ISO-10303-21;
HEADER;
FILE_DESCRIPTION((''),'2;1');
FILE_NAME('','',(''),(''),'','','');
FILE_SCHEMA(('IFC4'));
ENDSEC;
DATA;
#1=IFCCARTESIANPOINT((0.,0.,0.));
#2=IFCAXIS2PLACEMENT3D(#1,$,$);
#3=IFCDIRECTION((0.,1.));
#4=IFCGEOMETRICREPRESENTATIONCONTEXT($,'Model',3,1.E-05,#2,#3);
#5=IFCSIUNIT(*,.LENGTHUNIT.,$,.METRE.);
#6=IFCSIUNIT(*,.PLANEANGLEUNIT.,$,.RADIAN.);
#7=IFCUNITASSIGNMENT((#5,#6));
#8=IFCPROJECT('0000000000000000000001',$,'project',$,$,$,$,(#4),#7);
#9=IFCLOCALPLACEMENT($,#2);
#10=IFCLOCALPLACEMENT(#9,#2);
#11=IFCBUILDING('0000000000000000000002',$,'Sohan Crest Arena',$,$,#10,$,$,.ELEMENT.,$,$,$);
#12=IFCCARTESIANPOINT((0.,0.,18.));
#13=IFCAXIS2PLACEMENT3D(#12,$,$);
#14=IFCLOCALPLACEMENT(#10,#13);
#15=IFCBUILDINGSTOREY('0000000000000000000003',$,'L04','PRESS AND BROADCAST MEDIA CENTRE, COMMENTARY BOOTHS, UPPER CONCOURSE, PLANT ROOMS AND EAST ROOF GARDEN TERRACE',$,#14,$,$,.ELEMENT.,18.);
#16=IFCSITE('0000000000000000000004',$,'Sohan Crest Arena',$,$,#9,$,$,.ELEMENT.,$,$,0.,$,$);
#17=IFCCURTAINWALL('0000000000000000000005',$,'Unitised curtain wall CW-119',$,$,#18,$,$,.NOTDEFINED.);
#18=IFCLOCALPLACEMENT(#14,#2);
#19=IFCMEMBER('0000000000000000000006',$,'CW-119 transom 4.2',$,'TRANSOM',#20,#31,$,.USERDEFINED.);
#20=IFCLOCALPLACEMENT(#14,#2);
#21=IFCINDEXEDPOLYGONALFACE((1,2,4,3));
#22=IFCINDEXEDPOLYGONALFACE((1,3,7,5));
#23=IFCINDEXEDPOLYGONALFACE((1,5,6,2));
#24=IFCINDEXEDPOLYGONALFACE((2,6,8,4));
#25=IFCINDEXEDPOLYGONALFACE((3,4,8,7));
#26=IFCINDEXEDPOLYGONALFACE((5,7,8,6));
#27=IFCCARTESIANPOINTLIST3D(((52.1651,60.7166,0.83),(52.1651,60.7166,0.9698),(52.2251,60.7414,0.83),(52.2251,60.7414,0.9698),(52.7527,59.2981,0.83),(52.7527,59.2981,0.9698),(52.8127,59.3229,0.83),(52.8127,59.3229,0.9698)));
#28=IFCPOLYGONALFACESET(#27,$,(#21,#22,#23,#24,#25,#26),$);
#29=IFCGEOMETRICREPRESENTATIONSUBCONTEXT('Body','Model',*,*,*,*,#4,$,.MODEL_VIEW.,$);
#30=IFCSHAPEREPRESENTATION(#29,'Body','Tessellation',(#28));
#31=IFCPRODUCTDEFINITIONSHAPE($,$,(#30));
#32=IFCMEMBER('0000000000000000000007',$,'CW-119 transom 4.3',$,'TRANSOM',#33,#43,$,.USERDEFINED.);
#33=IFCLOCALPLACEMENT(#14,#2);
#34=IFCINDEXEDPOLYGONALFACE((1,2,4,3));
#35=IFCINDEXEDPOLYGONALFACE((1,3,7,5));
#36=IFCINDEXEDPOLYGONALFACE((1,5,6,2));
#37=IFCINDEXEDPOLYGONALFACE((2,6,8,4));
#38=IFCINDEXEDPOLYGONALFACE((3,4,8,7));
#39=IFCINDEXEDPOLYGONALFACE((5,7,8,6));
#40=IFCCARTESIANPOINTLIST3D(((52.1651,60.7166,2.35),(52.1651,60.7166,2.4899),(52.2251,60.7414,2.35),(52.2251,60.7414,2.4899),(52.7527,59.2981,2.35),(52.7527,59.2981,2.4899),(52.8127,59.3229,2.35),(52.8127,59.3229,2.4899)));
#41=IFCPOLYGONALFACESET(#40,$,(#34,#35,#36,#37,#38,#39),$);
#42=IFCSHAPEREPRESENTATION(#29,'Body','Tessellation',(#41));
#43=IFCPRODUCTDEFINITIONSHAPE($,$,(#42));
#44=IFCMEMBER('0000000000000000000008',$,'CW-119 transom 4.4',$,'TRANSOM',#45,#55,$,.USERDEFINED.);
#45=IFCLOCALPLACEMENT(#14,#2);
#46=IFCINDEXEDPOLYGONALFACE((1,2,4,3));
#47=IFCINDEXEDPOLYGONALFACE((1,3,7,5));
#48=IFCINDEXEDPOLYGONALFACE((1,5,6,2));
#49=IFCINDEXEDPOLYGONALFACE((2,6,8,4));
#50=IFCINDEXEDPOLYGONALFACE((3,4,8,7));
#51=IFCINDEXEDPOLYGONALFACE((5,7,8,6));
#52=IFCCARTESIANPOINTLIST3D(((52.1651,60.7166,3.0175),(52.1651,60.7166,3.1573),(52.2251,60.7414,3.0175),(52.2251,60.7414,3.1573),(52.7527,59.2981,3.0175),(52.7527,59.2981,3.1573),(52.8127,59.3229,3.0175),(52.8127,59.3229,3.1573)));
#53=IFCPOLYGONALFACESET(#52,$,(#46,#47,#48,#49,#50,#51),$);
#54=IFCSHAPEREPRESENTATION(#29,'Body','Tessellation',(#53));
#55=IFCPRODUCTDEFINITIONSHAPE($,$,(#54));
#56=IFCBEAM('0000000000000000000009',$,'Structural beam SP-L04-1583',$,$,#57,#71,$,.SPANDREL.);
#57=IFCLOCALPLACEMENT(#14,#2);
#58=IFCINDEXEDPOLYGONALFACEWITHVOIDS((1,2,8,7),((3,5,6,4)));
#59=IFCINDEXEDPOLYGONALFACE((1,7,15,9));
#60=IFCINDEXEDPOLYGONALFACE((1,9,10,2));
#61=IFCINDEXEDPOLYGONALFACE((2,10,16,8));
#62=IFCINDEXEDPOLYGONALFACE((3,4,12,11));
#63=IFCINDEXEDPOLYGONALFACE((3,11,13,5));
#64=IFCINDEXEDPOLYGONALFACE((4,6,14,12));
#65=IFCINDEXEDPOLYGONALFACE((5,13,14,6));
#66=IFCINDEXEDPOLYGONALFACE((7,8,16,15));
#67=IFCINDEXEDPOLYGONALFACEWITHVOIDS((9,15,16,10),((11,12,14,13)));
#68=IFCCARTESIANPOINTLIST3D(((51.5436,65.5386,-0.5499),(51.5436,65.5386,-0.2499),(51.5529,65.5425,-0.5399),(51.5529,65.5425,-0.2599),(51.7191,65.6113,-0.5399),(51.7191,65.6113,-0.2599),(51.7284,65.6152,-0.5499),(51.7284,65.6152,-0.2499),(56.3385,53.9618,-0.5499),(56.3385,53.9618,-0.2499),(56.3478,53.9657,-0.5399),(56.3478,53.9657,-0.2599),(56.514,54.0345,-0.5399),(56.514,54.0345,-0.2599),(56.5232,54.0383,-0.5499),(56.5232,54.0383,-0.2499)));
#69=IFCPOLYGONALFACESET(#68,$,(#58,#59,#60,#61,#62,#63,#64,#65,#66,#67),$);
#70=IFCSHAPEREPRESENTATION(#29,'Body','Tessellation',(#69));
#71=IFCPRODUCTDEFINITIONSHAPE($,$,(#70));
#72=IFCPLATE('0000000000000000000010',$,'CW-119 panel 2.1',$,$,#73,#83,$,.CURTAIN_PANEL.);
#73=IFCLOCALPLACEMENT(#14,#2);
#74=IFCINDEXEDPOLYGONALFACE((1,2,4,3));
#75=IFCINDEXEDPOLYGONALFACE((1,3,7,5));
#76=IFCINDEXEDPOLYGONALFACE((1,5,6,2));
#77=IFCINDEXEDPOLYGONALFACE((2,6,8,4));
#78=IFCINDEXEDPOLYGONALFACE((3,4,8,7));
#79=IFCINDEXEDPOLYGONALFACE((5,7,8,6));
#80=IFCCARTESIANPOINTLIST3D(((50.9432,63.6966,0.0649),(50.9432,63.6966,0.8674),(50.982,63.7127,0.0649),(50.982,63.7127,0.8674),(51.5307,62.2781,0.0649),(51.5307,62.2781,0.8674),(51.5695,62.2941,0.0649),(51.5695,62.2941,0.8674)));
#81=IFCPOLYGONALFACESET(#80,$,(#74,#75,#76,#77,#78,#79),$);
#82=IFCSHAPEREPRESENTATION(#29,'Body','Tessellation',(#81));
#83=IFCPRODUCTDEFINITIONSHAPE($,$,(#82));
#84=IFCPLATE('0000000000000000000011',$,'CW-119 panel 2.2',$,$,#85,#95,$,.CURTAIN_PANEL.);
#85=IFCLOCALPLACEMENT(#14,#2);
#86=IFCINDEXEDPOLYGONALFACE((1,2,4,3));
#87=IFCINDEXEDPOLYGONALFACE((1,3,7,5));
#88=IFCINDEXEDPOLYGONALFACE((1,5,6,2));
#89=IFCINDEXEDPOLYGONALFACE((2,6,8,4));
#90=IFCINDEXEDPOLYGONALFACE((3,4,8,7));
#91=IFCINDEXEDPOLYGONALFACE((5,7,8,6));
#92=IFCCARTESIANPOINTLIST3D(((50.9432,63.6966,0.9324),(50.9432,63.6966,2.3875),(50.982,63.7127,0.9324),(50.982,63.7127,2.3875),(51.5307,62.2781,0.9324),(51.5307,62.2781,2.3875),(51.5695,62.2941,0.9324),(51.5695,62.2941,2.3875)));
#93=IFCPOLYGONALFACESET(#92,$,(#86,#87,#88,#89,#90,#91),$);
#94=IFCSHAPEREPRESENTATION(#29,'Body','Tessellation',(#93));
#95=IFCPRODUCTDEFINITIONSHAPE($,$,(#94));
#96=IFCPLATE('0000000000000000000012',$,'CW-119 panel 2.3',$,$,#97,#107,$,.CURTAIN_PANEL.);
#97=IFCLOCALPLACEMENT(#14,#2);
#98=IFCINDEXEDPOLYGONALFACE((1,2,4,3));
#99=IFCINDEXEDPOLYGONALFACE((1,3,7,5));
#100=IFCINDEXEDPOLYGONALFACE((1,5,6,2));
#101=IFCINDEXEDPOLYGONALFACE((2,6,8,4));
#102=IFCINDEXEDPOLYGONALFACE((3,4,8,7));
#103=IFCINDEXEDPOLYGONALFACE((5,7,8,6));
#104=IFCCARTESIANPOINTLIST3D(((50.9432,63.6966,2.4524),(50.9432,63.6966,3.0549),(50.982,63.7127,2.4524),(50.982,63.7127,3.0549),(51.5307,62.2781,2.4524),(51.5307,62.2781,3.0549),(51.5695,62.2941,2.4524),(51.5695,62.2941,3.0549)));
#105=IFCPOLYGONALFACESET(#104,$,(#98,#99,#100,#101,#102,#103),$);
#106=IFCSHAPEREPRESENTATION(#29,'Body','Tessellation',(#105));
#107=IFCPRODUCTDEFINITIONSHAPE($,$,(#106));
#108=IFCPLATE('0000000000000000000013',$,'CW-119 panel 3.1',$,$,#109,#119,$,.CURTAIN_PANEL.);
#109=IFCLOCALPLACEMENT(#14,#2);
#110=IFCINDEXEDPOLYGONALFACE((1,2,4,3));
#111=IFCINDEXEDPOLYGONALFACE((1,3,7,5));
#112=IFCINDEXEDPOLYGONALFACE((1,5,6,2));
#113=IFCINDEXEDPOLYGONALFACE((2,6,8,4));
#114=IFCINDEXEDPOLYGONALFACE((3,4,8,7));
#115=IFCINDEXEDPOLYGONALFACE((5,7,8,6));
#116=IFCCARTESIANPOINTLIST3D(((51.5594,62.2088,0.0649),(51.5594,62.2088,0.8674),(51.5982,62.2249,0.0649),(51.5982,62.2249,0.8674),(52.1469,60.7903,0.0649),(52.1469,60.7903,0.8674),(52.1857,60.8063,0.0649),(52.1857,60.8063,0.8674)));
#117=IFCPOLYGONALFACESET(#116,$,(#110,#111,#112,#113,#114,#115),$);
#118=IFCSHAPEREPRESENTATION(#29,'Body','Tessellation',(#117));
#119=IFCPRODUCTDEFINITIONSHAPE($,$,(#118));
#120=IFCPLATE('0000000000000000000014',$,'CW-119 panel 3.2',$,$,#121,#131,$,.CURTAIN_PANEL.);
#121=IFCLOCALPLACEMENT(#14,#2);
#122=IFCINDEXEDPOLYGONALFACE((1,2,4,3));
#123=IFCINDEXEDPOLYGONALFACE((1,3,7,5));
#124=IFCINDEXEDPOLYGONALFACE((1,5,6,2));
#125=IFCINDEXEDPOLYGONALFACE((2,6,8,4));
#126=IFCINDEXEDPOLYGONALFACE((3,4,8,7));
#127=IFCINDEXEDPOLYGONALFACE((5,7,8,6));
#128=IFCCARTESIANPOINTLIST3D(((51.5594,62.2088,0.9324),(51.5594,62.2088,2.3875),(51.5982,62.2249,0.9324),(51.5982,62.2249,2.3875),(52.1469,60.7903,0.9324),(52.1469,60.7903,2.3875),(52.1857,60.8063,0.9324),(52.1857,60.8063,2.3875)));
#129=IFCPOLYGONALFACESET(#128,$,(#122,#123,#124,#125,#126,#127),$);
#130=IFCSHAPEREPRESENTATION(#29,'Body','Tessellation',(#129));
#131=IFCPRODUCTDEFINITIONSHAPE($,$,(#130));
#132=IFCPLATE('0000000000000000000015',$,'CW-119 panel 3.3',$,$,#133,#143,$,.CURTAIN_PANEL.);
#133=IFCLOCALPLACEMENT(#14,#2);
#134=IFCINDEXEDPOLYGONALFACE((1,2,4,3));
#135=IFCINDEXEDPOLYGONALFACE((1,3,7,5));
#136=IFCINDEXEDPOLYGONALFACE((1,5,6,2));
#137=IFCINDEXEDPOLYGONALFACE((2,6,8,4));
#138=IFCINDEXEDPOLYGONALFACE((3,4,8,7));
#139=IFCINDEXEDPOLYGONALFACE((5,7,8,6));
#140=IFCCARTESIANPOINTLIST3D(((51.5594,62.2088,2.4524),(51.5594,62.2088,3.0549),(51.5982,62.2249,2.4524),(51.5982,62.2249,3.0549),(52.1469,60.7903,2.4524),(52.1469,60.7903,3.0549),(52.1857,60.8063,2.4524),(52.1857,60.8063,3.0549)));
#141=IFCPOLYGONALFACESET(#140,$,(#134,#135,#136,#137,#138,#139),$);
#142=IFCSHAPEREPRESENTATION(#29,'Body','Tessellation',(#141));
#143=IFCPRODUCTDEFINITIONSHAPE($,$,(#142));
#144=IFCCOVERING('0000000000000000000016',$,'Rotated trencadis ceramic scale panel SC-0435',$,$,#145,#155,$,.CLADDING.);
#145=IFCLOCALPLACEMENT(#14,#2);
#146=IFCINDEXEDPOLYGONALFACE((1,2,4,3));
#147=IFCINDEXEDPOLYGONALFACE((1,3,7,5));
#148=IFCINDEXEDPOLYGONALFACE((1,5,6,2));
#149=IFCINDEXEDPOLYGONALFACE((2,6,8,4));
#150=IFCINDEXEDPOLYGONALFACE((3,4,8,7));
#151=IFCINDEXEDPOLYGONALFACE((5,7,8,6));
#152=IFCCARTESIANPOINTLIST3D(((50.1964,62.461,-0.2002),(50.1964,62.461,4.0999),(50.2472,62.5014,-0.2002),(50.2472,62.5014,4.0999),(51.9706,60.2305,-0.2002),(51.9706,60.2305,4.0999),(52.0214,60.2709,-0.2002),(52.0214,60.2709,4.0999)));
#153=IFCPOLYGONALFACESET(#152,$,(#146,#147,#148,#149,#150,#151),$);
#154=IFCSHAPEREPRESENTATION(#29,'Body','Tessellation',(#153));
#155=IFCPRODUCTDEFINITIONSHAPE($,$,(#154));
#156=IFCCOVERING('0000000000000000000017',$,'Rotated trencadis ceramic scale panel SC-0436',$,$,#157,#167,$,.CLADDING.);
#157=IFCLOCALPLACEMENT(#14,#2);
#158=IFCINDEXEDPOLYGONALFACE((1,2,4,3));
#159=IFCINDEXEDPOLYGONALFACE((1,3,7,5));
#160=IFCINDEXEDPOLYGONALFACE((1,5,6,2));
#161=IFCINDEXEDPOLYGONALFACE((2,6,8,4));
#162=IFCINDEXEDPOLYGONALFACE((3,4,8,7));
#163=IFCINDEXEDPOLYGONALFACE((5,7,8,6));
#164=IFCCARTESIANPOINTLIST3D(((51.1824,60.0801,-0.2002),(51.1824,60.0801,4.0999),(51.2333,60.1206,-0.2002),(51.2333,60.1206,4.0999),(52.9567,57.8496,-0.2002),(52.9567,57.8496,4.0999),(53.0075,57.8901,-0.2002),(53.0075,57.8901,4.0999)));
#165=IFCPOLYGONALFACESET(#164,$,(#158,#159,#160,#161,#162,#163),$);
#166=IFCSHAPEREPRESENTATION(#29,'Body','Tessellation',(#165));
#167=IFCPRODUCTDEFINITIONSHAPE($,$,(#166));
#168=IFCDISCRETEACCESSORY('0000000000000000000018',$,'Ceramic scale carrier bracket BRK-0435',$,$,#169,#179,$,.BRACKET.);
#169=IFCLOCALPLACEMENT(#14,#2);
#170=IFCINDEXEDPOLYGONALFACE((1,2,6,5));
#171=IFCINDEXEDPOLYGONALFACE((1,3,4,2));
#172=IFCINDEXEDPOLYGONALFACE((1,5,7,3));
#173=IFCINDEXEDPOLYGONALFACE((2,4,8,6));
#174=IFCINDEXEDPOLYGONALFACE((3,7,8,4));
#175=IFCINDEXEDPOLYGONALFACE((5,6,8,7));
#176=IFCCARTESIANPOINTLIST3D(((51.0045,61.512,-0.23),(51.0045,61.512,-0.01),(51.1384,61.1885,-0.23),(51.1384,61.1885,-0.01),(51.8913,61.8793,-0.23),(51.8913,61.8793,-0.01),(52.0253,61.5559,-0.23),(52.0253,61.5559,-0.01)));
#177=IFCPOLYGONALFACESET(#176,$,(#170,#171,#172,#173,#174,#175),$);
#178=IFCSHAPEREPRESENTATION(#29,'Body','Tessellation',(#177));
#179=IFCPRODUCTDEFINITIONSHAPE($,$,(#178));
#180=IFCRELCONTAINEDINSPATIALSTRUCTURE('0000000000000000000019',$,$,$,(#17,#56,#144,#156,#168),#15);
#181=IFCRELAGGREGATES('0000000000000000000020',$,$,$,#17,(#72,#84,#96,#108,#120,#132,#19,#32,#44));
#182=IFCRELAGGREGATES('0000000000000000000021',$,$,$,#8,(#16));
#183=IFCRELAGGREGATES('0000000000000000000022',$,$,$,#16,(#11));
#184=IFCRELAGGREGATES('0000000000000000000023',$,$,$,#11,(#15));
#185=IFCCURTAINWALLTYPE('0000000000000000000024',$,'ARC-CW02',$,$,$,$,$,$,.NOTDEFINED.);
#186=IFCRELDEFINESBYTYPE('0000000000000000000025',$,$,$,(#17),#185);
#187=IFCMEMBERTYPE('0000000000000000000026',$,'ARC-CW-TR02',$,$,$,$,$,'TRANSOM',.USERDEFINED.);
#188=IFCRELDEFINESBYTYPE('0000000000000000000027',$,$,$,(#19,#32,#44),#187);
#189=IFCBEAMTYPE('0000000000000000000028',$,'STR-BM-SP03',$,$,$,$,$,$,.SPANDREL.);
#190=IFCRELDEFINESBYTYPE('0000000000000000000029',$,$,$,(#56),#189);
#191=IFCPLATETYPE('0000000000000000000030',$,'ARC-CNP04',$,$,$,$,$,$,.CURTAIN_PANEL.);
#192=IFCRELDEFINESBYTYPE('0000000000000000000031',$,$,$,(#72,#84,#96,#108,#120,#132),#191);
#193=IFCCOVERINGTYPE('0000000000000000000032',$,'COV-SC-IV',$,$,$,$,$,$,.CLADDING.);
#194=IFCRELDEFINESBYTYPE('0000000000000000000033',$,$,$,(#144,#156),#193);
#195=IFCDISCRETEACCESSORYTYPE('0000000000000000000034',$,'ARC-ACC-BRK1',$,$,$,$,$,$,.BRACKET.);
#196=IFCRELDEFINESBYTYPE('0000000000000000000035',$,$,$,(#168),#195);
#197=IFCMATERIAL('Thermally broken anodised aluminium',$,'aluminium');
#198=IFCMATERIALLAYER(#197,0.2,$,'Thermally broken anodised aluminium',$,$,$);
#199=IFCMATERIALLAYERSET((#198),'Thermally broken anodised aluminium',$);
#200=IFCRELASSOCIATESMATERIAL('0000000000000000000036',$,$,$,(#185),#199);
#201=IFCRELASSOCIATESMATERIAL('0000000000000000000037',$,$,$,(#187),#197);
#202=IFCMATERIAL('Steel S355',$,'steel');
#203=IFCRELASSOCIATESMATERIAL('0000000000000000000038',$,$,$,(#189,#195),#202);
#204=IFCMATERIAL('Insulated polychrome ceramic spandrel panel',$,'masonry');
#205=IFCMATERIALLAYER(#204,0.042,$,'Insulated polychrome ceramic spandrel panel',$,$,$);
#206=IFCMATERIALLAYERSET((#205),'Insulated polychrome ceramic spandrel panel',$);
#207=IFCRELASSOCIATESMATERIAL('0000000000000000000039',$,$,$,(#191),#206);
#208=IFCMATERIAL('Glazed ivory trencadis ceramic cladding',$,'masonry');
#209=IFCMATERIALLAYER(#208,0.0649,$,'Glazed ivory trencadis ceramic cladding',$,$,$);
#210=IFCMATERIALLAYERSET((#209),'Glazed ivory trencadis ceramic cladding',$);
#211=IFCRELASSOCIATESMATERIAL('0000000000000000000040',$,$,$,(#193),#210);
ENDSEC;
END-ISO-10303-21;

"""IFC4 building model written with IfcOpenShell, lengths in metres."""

from ifc_helpers import new_model, si_unit, direction, frame, origin, origin_2d, place, context, subcontext, project, spatial, rectangle, hollow_rectangle, extrude, material, layer, layer_set, material_profile, profile_set, type_object, element, aggregate, save


model = new_model("IFC4")

# Units and contexts
model_context = context("Model", 3, precision=1e-05, world=origin(), true_north=direction((0.0, 1.0)))
body_context = subcontext(model_context, "Body", "Model", "MODEL_VIEW")
ifc_project = project(units=[si_unit("LENGTHUNIT", "METRE"), si_unit("PLANEANGLEUNIT", "RADIAN")], contexts=[model_context])

# Site, building, storey
site_placement = place(None, origin())
site = spatial("IfcSite", under=ifc_project, at=site_placement, Name="Sohan Crest Arena", CompositionType="ELEMENT", RefElevation=0.0)
building_placement = place(site_placement, origin())
building = spatial("IfcBuilding", under=site, at=building_placement, Name="Sohan Crest Arena", CompositionType="ELEMENT")
storey_placement = place(building_placement, frame((0.0, 0.0, 18.0)))
storey = spatial("IfcBuildingStorey", under=building, at=storey_placement, Name="L04", Description="PRESS AND BROADCAST MEDIA CENTRE, COMMENTARY BOOTHS, UPPER CONCOURSE, PLANT ROOMS AND EAST ROOF GARDEN TERRACE", CompositionType="ELEMENT", Elevation=18.0)

# Shared definitions
ifc_material_1 = material(Name="Steel S355", Category="steel")

# Curtain wall, members
ifc_material_2 = material(Name="Thermally broken anodised aluminium", Category="aluminium")
ifc_layer_1 = layer(ifc_material_2, 0.2, Name="Thermally broken anodised aluminium")
ifc_layer_set_1 = layer_set([ifc_layer_1], Name="Thermally broken anodised aluminium")
curtain_wall_type = type_object("IfcCurtainWallType", Name="ARC-CW02", PredefinedType="NOTDEFINED", material=ifc_layer_set_1)
curtain_wall_placement = place(storey_placement, origin())
curtain_wall = element("IfcCurtainWall", 1, at=curtain_wall_placement, inside=storey, type_object=curtain_wall_type, Name="Unitised curtain wall CW-119", PredefinedType="NOTDEFINED")
ifc_material_profile_1 = material_profile(ifc_material_2, rectangle(XDim=0.0649, YDim=0.1399, at=origin_2d()), Name="ALU-TRAN 65x140")
ifc_profile_set_1 = profile_set([ifc_material_profile_1], Name="Thermally broken anodised aluminium")
member_type_1 = type_object("IfcMemberType", Name="ARC-CW-TR02", ElementType="TRANSOM", PredefinedType="USERDEFINED", material=ifc_profile_set_1)
member_1_placement = place(storey_placement, frame((52.1951, 60.729, 0.8999), z_axis=(0.38274, -0.923856, 0.0), x_axis=(0.923856, 0.38274, 0.0)))
member_1 = element("IfcMember", 2, at=member_1_placement, type_object=member_type_1, Name="CW-119 transom 4.2", ObjectType="TRANSOM", PredefinedType="USERDEFINED", context=body_context, shape_type="SweptSolid", body=[
    extrude(rectangle(XDim=0.0649, YDim=0.1399, at=origin_2d()), origin(), (0.0, 0.0, 1.0), 1.5354),
])
member_2_placement = place(storey_placement, frame((52.1951, 60.729, 2.4199), z_axis=(0.38274, -0.923856, 0.0), x_axis=(0.923856, 0.38274, 0.0)))
member_2 = element("IfcMember", 3, at=member_2_placement, type_object=member_type_1, Name="CW-119 transom 4.3", ObjectType="TRANSOM", PredefinedType="USERDEFINED", context=body_context, shape_type="SweptSolid", body=[
    extrude(rectangle(XDim=0.0649, YDim=0.1399, at=origin_2d()), origin(), (0.0, 0.0, 1.0), 1.5354),
])
member_3_placement = place(storey_placement, frame((52.1951, 60.729, 3.0874), z_axis=(0.38274, -0.923856, 0.0), x_axis=(0.923856, 0.38274, 0.0)))
member_3 = element("IfcMember", 4, at=member_3_placement, type_object=member_type_1, Name="CW-119 transom 4.4", ObjectType="TRANSOM", PredefinedType="USERDEFINED", context=body_context, shape_type="SweptSolid", body=[
    extrude(rectangle(XDim=0.0649, YDim=0.1399, at=origin_2d()), origin(), (0.0, 0.0, 1.0), 1.5354),
])

# Beam
ifc_material_profile_2 = material_profile(ifc_material_1, hollow_rectangle(XDim=0.2, YDim=0.3, WallThickness=0.01, at=origin_2d()), Name="RHS 300x200x10")
ifc_profile_set_2 = profile_set([ifc_material_profile_2], Name="Steel S355")
beam_type = type_object("IfcBeamType", Name="STR-BM-SP03", PredefinedType="SPANDREL", material=ifc_profile_set_2)
beam_placement = place(storey_placement, frame((51.636, 65.5769, -0.3999), z_axis=(0.382657, -0.923891, 0.0), x_axis=(0.923891, 0.382657, 0.0)))
element("IfcBeam", 5, at=beam_placement, inside=storey, type_object=beam_type, Name="Structural beam SP-L04-1583", PredefinedType="SPANDREL", context=body_context, shape_type="SweptSolid", body=[
    extrude(hollow_rectangle(XDim=0.2, YDim=0.3, WallThickness=0.01, at=origin_2d()), origin(), (0.0, 0.0, 1.0), 12.5305),
])

# Plates
ifc_material_3 = material(Name="Insulated polychrome ceramic spandrel panel", Category="masonry")
ifc_layer_2 = layer(ifc_material_3, 0.042, Name="Insulated polychrome ceramic spandrel panel")
ifc_layer_set_2 = layer_set([ifc_layer_2], Name="Insulated polychrome ceramic spandrel panel")
plate_type = type_object("IfcPlateType", Name="ARC-CNP04", PredefinedType="CURTAIN_PANEL", material=ifc_layer_set_2)
plate_1_placement = place(storey_placement, frame((51.2563, 62.9954, 0.0649), z_axis=(0.0, 0.0, 1.0), x_axis=(0.382685, -0.923879, 0.0)))
plate_1 = element("IfcPlate", 6, at=plate_1_placement, type_object=plate_type, Name="CW-119 panel 2.1", PredefinedType="CURTAIN_PANEL", context=body_context, shape_type="SweptSolid", body=[
    extrude(rectangle(XDim=1.5354, YDim=0.042, at=origin_2d()), origin(), (0.0, 0.0, 1.0), 0.8025),
])
plate_2_placement = place(storey_placement, frame((51.2563, 62.9954, 0.9324), z_axis=(0.0, 0.0, 1.0), x_axis=(0.382685, -0.923879, 0.0)))
plate_2 = element("IfcPlate", 7, at=plate_2_placement, type_object=plate_type, Name="CW-119 panel 2.2", PredefinedType="CURTAIN_PANEL", context=body_context, shape_type="SweptSolid", body=[
    extrude(rectangle(XDim=1.5354, YDim=0.042, at=origin_2d()), origin(), (0.0, 0.0, 1.0), 1.4551),
])
plate_3_placement = place(storey_placement, frame((51.2563, 62.9954, 2.4524), z_axis=(0.0, 0.0, 1.0), x_axis=(0.382685, -0.923879, 0.0)))
plate_3 = element("IfcPlate", 8, at=plate_3_placement, type_object=plate_type, Name="CW-119 panel 2.3", PredefinedType="CURTAIN_PANEL", context=body_context, shape_type="SweptSolid", body=[
    extrude(rectangle(XDim=1.5354, YDim=0.042, at=origin_2d()), origin(), (0.0, 0.0, 1.0), 0.6025),
])
plate_4_placement = place(storey_placement, frame((51.8726, 61.5076, 0.0649), z_axis=(0.0, 0.0, 1.0), x_axis=(0.382685, -0.923879, 0.0)))
plate_4 = element("IfcPlate", 9, at=plate_4_placement, type_object=plate_type, Name="CW-119 panel 3.1", PredefinedType="CURTAIN_PANEL", context=body_context, shape_type="SweptSolid", body=[
    extrude(rectangle(XDim=1.5354, YDim=0.042, at=origin_2d()), origin(), (0.0, 0.0, 1.0), 0.8025),
])
plate_5_placement = place(storey_placement, frame((51.8726, 61.5076, 0.9324), z_axis=(0.0, 0.0, 1.0), x_axis=(0.382685, -0.923879, 0.0)))
plate_5 = element("IfcPlate", 10, at=plate_5_placement, type_object=plate_type, Name="CW-119 panel 3.2", PredefinedType="CURTAIN_PANEL", context=body_context, shape_type="SweptSolid", body=[
    extrude(rectangle(XDim=1.5354, YDim=0.042, at=origin_2d()), origin(), (0.0, 0.0, 1.0), 1.4551),
])
plate_6_placement = place(storey_placement, frame((51.8726, 61.5076, 2.4524), z_axis=(0.0, 0.0, 1.0), x_axis=(0.382685, -0.923879, 0.0)))
plate_6 = element("IfcPlate", 11, at=plate_6_placement, type_object=plate_type, Name="CW-119 panel 3.3", PredefinedType="CURTAIN_PANEL", context=body_context, shape_type="SweptSolid", body=[
    extrude(rectangle(XDim=1.5354, YDim=0.042, at=origin_2d()), origin(), (0.0, 0.0, 1.0), 0.6025),
])
aggregate(curtain_wall, [plate_1, plate_2, plate_3, plate_4, plate_5, plate_6, member_1, member_2, member_3])

# Coverings
ifc_material_4 = material(Name="Glazed ivory trencadis ceramic cladding", Category="masonry")
ifc_layer_3 = layer(ifc_material_4, 0.0649, Name="Glazed ivory trencadis ceramic cladding")
ifc_layer_set_3 = layer_set([ifc_layer_3], Name="Glazed ivory trencadis ceramic cladding")
covering_type = type_object("IfcCoveringType", Name="COV-SC-IV", PredefinedType="CLADDING", material=ifc_layer_set_3)
for number, where, z_axis, x_axis, name in (
    (12, (51.1089, 61.366, -0.2002), (0.0, 0.0, 1.0), (0.622515, -0.782608, 0.0), "Rotated trencadis ceramic scale panel SC-0435"),
    (13, (52.095, 58.9851, -0.2002), (0.0, 0.0, 1.0), (0.622515, -0.782608, 0.0), "Rotated trencadis ceramic scale panel SC-0436"),
):
    element("IfcCovering", number, at=place(storey_placement, frame(where, z_axis=z_axis, x_axis=x_axis)), inside=storey, type_object=covering_type, Name=name, PredefinedType="CLADDING", context=body_context, shape_type="SweptSolid", body=[
        extrude(rectangle(XDim=2.8501, YDim=0.0649, at=origin_2d()), origin(), (0.0, 0.0, 1.0), 4.3),
    ])

# Discrete accessory
discrete_accessory_type = type_object("IfcDiscreteAccessoryType", Name="ARC-ACC-BRK1", PredefinedType="BRACKET", material=ifc_material_1)
discrete_accessory_placement = place(storey_placement, frame((51.5149, 61.5339, -0.23), z_axis=(0.0, 0.0, 1.0), x_axis=(0.382683, -0.92388, 0.0)))
element("IfcDiscreteAccessory", 14, at=discrete_accessory_placement, inside=storey, type_object=discrete_accessory_type, Name="Ceramic scale carrier bracket BRK-0435", PredefinedType="BRACKET", context=body_context, shape_type="SweptSolid", body=[
    extrude(rectangle(XDim=0.3501, YDim=0.96, at=origin_2d()), origin(), (0.0, 0.0, 1.0), 0.22),
])

save(model, "model.ifc")
